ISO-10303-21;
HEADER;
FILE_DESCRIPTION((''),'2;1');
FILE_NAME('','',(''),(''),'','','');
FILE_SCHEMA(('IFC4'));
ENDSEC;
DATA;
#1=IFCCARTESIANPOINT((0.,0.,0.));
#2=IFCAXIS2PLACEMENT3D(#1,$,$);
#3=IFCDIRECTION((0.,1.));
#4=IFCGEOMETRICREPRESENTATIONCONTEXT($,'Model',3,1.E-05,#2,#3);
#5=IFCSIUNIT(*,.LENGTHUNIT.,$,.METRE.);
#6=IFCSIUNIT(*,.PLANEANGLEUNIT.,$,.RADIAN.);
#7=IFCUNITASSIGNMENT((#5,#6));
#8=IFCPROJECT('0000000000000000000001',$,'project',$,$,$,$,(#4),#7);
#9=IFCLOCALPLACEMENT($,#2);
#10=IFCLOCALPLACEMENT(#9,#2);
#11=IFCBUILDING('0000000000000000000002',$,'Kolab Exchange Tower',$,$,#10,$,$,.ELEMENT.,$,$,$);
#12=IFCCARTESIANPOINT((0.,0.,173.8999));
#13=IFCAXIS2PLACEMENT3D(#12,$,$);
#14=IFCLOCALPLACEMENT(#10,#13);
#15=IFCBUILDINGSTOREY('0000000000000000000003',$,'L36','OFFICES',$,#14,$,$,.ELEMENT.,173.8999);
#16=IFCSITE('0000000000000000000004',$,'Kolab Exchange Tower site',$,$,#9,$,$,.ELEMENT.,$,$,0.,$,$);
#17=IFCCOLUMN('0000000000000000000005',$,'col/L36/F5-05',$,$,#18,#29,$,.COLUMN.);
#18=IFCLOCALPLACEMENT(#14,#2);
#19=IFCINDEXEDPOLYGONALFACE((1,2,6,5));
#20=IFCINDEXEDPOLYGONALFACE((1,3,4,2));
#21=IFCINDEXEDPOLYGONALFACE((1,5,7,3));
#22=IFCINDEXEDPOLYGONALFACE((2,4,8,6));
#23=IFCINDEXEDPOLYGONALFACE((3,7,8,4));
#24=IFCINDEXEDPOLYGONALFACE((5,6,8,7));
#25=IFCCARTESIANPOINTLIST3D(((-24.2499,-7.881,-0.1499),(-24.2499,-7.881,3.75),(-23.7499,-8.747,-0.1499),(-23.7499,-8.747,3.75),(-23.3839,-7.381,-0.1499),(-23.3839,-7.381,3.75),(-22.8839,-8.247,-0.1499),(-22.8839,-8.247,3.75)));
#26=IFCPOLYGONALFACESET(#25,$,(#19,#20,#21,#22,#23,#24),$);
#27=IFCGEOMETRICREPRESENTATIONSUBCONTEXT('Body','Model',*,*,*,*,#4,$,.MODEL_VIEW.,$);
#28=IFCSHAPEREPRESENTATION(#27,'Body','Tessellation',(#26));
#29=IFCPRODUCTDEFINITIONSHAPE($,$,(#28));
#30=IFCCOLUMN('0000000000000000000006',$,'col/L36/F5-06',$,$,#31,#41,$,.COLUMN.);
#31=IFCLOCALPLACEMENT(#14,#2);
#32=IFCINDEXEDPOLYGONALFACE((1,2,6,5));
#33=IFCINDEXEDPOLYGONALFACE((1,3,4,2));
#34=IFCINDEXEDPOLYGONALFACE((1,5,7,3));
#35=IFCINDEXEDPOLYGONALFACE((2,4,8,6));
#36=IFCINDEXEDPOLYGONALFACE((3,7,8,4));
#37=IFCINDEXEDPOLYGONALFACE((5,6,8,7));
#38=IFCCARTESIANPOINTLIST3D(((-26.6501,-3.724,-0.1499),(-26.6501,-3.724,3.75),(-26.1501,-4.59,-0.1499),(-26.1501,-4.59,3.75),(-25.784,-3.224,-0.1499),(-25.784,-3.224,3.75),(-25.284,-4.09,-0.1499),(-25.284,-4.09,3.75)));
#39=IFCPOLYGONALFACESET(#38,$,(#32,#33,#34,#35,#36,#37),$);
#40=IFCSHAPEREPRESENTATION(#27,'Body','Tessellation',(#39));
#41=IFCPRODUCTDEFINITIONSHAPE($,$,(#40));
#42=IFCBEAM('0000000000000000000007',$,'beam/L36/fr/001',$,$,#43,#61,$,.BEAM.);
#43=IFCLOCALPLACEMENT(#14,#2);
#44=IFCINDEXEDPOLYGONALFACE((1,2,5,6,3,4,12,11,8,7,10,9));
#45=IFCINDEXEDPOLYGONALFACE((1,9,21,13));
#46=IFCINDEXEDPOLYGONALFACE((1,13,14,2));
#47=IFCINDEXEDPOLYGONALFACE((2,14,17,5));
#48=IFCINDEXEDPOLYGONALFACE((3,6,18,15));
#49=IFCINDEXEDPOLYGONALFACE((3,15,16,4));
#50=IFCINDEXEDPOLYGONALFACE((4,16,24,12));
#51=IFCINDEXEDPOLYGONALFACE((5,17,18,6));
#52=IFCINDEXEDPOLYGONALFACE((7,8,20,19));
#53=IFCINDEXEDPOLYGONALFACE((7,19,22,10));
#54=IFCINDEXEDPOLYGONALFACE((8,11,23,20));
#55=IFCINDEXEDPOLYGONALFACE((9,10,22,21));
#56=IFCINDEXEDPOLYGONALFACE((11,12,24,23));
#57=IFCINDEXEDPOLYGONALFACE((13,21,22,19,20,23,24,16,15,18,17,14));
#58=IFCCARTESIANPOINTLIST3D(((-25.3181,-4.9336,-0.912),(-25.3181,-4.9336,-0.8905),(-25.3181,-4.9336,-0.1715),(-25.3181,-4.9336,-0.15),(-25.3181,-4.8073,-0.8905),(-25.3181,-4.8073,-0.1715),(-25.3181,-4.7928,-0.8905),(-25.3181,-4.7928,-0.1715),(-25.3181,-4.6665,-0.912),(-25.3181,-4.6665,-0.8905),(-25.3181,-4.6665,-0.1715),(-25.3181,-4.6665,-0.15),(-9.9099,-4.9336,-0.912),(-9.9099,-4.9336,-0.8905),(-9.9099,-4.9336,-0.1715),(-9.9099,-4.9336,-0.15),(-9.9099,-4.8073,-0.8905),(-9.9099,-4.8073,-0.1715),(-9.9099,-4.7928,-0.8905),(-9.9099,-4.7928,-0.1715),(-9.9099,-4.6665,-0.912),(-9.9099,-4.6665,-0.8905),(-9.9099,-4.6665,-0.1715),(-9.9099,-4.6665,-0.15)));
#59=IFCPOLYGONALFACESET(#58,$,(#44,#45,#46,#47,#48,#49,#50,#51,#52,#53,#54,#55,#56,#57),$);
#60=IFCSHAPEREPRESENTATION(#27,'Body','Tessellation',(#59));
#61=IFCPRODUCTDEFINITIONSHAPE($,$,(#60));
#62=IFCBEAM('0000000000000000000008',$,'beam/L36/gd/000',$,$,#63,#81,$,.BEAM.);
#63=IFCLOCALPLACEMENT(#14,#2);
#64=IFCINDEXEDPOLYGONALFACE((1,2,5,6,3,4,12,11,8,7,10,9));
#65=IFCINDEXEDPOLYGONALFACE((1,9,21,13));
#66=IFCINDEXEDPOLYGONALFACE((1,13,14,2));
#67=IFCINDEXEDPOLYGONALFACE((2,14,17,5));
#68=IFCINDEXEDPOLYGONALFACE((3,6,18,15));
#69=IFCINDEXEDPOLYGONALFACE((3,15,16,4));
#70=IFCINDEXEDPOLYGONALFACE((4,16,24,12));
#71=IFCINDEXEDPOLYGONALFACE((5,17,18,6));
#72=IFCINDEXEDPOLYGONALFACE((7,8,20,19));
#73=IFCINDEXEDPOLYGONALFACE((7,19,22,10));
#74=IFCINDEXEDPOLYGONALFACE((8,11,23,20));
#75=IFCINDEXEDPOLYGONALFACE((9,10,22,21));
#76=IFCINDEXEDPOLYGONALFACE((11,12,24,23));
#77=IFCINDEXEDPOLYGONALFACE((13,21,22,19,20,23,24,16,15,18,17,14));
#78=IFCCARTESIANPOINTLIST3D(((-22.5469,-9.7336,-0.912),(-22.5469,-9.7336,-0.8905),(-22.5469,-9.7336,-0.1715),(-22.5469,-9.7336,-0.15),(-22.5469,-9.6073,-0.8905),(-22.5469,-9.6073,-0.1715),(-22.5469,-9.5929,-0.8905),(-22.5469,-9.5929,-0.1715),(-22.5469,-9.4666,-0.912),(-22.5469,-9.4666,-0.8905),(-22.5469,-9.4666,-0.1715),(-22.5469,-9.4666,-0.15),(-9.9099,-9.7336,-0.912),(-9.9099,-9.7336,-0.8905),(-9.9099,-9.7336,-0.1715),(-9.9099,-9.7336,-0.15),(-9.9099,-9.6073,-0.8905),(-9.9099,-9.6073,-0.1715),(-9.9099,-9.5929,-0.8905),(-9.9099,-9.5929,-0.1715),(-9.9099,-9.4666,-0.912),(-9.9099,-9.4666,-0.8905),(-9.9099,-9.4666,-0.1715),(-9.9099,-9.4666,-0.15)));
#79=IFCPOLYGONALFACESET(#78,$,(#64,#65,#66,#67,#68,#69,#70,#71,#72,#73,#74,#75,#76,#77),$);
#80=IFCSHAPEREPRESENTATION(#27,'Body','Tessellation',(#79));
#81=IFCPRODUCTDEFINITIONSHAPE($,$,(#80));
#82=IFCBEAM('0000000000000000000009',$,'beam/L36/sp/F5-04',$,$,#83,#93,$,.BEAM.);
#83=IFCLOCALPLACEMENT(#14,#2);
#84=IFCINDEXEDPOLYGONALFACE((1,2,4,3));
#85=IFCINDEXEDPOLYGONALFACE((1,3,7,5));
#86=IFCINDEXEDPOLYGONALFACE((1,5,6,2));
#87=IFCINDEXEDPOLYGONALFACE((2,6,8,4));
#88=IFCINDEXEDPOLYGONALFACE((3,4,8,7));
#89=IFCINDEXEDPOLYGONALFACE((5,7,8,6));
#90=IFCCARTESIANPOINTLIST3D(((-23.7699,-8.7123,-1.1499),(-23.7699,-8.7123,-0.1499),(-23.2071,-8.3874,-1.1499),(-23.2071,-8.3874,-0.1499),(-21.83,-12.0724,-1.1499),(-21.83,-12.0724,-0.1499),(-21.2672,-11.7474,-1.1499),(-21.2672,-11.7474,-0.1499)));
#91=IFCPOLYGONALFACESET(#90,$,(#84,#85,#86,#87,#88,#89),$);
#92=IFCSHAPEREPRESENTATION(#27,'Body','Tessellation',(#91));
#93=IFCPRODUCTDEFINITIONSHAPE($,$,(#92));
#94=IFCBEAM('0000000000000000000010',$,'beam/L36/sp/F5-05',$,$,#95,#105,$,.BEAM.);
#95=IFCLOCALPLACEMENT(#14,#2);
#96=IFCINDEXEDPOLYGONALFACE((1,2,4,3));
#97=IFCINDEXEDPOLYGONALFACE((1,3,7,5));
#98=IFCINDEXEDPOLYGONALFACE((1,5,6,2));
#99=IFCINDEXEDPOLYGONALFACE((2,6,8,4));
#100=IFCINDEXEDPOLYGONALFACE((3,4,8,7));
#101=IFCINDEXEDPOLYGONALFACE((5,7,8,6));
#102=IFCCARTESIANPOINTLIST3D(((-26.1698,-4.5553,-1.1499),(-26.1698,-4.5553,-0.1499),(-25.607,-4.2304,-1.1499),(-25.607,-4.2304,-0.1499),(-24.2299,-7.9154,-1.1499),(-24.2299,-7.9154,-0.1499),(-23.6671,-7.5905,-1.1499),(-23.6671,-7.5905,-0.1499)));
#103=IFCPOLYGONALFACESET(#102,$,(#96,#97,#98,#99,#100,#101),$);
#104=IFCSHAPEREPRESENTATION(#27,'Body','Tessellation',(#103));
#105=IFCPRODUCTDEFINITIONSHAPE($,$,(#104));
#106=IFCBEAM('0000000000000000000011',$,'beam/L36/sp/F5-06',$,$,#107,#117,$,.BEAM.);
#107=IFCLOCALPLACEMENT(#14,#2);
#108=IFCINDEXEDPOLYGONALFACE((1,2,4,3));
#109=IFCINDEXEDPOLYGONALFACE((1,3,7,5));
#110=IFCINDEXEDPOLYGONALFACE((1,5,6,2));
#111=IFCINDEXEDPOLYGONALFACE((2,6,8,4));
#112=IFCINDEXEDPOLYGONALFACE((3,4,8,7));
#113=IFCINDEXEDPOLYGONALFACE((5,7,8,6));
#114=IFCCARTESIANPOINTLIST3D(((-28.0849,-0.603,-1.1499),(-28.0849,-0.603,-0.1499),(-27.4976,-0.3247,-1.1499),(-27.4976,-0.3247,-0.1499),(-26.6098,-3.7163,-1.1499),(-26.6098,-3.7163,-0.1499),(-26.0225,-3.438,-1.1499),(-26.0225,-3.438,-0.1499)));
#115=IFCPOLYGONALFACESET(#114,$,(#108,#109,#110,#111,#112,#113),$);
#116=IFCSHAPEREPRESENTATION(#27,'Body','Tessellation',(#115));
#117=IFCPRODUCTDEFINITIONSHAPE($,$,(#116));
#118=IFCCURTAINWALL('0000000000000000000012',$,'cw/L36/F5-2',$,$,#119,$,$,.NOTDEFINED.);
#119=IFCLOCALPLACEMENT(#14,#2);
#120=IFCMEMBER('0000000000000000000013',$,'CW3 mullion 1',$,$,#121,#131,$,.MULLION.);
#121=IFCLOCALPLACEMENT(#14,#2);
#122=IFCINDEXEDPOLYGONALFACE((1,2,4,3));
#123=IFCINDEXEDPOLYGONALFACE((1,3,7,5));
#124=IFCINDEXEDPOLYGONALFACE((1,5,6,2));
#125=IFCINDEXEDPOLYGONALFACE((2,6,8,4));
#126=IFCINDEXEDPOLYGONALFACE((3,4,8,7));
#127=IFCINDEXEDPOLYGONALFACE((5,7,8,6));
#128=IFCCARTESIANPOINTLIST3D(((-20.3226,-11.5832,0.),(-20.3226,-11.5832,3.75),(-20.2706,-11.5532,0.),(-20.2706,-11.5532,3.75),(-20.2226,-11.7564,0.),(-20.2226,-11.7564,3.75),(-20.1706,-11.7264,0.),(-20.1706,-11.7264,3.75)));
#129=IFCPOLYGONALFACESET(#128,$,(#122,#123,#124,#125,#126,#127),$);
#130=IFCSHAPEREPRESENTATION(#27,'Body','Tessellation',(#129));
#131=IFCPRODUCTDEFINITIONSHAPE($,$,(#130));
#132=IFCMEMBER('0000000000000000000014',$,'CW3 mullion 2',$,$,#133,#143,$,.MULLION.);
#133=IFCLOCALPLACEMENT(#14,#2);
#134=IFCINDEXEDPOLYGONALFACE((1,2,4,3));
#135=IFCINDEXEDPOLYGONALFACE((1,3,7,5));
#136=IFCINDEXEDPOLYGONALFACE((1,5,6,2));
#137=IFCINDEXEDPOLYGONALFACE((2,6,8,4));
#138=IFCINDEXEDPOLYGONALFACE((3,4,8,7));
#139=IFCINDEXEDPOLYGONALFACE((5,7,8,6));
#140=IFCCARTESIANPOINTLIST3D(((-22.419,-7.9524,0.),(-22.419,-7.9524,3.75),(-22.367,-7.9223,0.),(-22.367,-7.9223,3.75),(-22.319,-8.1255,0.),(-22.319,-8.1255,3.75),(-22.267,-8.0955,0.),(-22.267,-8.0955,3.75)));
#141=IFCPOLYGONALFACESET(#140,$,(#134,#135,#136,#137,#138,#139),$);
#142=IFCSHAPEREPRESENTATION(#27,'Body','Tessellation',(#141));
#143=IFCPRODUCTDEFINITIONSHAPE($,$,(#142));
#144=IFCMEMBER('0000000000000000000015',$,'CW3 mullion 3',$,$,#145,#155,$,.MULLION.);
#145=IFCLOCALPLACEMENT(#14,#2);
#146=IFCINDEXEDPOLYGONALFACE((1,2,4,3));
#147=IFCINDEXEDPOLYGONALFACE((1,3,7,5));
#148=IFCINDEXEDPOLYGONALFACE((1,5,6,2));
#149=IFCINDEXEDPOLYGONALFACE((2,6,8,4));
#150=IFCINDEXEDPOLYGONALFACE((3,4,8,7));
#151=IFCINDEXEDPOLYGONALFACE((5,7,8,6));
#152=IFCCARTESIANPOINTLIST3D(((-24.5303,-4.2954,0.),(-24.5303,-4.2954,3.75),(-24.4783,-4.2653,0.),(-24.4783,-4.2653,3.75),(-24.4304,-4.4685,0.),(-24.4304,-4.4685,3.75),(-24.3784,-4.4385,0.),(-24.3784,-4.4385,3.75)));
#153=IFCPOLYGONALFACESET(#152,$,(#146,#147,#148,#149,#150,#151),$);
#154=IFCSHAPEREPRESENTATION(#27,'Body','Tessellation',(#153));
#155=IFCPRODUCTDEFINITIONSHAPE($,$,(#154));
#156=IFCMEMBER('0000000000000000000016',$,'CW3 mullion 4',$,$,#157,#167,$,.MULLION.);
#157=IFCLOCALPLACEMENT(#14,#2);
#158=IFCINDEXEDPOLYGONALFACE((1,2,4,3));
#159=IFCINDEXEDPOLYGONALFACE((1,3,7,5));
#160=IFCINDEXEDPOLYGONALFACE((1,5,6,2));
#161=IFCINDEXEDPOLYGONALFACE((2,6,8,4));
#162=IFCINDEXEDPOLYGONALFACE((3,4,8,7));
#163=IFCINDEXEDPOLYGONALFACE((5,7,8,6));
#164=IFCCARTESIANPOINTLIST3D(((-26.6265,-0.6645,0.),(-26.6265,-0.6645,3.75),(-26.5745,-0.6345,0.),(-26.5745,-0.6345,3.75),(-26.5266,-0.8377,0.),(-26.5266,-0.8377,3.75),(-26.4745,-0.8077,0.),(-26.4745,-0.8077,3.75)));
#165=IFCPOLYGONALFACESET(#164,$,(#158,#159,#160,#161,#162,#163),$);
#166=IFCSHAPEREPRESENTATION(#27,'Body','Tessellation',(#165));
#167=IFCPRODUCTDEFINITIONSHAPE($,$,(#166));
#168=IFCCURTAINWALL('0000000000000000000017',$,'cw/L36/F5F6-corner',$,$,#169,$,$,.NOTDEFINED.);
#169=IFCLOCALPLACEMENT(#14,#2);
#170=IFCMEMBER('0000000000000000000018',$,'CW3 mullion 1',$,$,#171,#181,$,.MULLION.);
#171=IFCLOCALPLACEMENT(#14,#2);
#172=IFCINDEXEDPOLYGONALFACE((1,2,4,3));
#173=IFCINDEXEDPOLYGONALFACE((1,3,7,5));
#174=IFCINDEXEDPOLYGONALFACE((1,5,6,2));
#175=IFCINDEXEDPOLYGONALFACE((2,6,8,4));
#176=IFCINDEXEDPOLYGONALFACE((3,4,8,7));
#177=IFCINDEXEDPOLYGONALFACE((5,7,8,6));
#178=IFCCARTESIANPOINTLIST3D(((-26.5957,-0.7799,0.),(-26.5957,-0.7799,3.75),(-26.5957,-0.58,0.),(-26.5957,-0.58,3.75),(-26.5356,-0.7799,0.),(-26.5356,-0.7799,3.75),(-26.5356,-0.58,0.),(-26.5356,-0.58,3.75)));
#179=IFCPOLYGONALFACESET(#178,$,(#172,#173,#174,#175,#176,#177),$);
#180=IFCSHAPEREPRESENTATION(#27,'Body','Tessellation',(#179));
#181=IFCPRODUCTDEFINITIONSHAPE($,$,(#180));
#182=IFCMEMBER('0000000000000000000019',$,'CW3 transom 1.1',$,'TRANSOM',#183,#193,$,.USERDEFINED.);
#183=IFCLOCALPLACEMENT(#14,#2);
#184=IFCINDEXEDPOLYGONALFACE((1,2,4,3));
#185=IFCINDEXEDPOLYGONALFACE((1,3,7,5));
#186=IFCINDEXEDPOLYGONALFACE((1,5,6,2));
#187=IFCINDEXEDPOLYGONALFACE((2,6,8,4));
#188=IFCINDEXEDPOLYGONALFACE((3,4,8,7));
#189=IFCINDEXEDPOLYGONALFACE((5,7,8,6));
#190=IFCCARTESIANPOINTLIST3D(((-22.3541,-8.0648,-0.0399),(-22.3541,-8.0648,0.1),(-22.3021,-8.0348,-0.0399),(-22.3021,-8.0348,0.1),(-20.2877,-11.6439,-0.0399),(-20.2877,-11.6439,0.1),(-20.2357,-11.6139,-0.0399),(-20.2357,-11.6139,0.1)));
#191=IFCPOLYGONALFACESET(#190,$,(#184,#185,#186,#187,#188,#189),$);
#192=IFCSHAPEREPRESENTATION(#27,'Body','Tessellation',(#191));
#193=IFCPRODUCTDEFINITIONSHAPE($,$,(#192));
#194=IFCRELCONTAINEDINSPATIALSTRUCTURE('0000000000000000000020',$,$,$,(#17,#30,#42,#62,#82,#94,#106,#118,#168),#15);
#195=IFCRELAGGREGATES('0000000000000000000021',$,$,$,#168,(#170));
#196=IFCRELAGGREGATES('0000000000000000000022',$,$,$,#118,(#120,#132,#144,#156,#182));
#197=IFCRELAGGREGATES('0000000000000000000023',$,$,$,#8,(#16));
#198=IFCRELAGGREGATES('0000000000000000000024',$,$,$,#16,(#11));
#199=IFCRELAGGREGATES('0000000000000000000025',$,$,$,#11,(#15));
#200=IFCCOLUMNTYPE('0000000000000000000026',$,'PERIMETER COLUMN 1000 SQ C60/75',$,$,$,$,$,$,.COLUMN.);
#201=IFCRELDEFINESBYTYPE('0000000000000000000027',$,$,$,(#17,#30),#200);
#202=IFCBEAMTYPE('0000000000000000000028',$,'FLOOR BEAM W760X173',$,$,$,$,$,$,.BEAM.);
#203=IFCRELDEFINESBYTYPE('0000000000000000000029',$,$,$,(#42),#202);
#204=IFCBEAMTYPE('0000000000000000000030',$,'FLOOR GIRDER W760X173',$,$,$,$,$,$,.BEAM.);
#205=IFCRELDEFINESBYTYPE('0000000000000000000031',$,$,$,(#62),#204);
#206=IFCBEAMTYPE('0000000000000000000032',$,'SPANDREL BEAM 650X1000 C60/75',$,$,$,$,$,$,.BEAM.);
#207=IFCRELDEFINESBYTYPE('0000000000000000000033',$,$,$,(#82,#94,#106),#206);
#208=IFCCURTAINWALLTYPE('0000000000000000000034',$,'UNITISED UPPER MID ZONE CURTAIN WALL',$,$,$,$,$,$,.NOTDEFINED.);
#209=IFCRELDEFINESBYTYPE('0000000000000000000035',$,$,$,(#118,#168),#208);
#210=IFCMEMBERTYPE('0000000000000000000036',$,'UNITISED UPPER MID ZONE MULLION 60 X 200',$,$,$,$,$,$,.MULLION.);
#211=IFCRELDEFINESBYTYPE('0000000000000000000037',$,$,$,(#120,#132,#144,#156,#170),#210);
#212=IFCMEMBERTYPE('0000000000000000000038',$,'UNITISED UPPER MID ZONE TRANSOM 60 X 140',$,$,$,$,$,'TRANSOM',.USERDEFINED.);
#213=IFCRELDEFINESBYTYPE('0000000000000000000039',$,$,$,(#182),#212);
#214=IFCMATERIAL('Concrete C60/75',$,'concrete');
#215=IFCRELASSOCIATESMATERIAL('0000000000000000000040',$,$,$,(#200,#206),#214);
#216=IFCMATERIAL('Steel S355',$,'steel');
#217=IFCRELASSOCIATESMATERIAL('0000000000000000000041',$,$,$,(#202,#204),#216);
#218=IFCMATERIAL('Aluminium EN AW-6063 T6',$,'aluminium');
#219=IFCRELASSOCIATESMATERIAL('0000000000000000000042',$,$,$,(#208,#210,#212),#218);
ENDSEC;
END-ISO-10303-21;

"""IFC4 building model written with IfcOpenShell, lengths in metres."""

from ifc_helpers import new_model, si_unit, direction, frame, origin, origin_2d, place, context, subcontext, project, spatial, rectangle, i_section, extrude, material, material_profile, profile_set, type_object, element, aggregate, save


model = new_model("IFC4")

# Units and contexts
model_context = context("Model", 3, precision=1e-05, world=origin(), true_north=direction((0.0, 1.0)))
body_context = subcontext(model_context, "Body", "Model", "MODEL_VIEW")
ifc_project = project(units=[si_unit("LENGTHUNIT", "METRE"), si_unit("PLANEANGLEUNIT", "RADIAN")], contexts=[model_context])

# Site, building, storey
site_placement = place(None, origin())
site = spatial("IfcSite", under=ifc_project, at=site_placement, Name="Kolab Exchange Tower site", CompositionType="ELEMENT", RefElevation=0.0)
building_placement = place(site_placement, origin())
building = spatial("IfcBuilding", under=site, at=building_placement, Name="Kolab Exchange Tower", CompositionType="ELEMENT")
storey_placement = place(building_placement, frame((0.0, 0.0, 173.8999)))
storey = spatial("IfcBuildingStorey", under=building, at=storey_placement, Name="L36", Description="OFFICES", CompositionType="ELEMENT", Elevation=173.8999)

# Columns
ifc_material_1 = material(Name="Concrete C60/75", Category="concrete")
ifc_material_profile_1 = material_profile(ifc_material_1, rectangle(XDim=1.0, YDim=1.0, at=origin_2d()), Name="RC1000")
ifc_profile_set_1 = profile_set([ifc_material_profile_1], Name="Concrete C60/75")
column_type = type_object("IfcColumnType", Name="PERIMETER COLUMN 1000 SQ C60/75", PredefinedType="COLUMN", material=ifc_profile_set_1)
for number, where, z_axis, x_axis, name in (
    (1, (-23.5669, -8.064, -0.1499), (0.0, 0.0, 1.0), (0.866025, 0.5, 0.0), "col/L36/F5-05"),
    (2, (-25.967, -3.907, -0.1499), (0.0, 0.0, 1.0), (0.866025, 0.5, 0.0), "col/L36/F5-06"),
):
    element("IfcColumn", number, at=place(storey_placement, frame(where, z_axis=z_axis, x_axis=x_axis)), inside=storey, type_object=column_type, Name=name, PredefinedType="COLUMN", context=body_context, shape_type="SweptSolid", body=[
        extrude(rectangle(XDim=1.0, YDim=1.0, at=origin_2d()), origin(), (0.0, 0.0, 1.0), 3.8999),
    ])

# Beams
ifc_material_2 = material(Name="Steel S355", Category="steel")
ifc_material_profile_2 = material_profile(ifc_material_2, i_section(OverallWidth=0.2671, OverallDepth=0.762, WebThickness=0.0144, FlangeThickness=0.0215, at=origin_2d()), Name="W760X173")
ifc_profile_set_2 = profile_set([ifc_material_profile_2], Name="Steel S355")
beam_type_1 = type_object("IfcBeamType", Name="FLOOR BEAM W760X173", PredefinedType="BEAM", material=ifc_profile_set_2)
beam_1_placement = place(storey_placement, frame((-25.3181, -4.8, -0.531), z_axis=(1.0, 0.0, 0.0), x_axis=(0.0, 1.0, 0.0)))
element("IfcBeam", 3, at=beam_1_placement, inside=storey, type_object=beam_type_1, Name="beam/L36/fr/001", PredefinedType="BEAM", context=body_context, shape_type="SweptSolid", body=[
    extrude(i_section(OverallWidth=0.2671, OverallDepth=0.762, WebThickness=0.0144, FlangeThickness=0.0215, at=origin_2d()), origin(), (0.0, 0.0, 1.0), 15.4082),
])
ifc_material_profile_3 = material_profile(ifc_material_2, i_section(OverallWidth=0.2671, OverallDepth=0.762, WebThickness=0.0144, FlangeThickness=0.0215, at=origin_2d()), Name="W760X173")
ifc_profile_set_3 = profile_set([ifc_material_profile_3], Name="Steel S355")
beam_type_2 = type_object("IfcBeamType", Name="FLOOR GIRDER W760X173", PredefinedType="BEAM", material=ifc_profile_set_3)
beam_2_placement = place(storey_placement, frame((-22.5469, -9.6001, -0.531), z_axis=(1.0, 0.0, 0.0), x_axis=(0.0, 1.0, 0.0)))
element("IfcBeam", 4, at=beam_2_placement, inside=storey, type_object=beam_type_2, Name="beam/L36/gd/000", PredefinedType="BEAM", context=body_context, shape_type="SweptSolid", body=[
    extrude(i_section(OverallWidth=0.2671, OverallDepth=0.762, WebThickness=0.0144, FlangeThickness=0.0215, at=origin_2d()), origin(), (0.0, 0.0, 1.0), 12.637),
])
ifc_material_profile_4 = material_profile(ifc_material_1, rectangle(XDim=0.6499, YDim=1.0, at=origin_2d()), Name="RC650X1000")
ifc_profile_set_4 = profile_set([ifc_material_profile_4], Name="Concrete C60/75")
beam_type_3 = type_object("IfcBeamType", Name="SPANDREL BEAM 650X1000 C60/75", PredefinedType="BEAM", material=ifc_profile_set_4)
for number, where, z_axis, x_axis, name in (
    (5, (-21.5486, -11.9099, -0.6499), (-0.499997, 0.866027, 0.0), (-0.866027, -0.499997, 0.0), "beam/L36/sp/F5-04"),
    (6, (-23.9485, -7.7529, -0.6499), (-0.499997, 0.866027, 0.0), (-0.866027, -0.499997, 0.0), "beam/L36/sp/F5-05"),
):
    element("IfcBeam", number, at=place(storey_placement, frame(where, z_axis=z_axis, x_axis=x_axis)), inside=storey, type_object=beam_type_3, Name=name, PredefinedType="BEAM", context=body_context, shape_type="SweptSolid", body=[
        extrude(rectangle(XDim=0.6499, YDim=1.0, at=origin_2d()), origin(), (0.0, 0.0, 1.0), 3.8799),
    ])
beam_3_placement = place(storey_placement, frame((-26.3162, -3.5771, -0.6499), z_axis=(-0.428178, 0.903695, 0.0), x_axis=(-0.903695, -0.428178, 0.0)))
element("IfcBeam", 7, at=beam_3_placement, inside=storey, type_object=beam_type_3, Name="beam/L36/sp/F5-06", PredefinedType="BEAM", context=body_context, shape_type="SweptSolid", body=[
    extrude(rectangle(XDim=0.6499, YDim=1.0, at=origin_2d()), origin(), (0.0, 0.0, 1.0), 3.4451),
])

# Curtain wall, members
ifc_material_3 = material(Name="Aluminium EN AW-6063 T6", Category="aluminium")
curtain_wall_type = type_object("IfcCurtainWallType", Name="UNITISED UPPER MID ZONE CURTAIN WALL", PredefinedType="NOTDEFINED", material=ifc_material_3)
curtain_wall_1_placement = place(storey_placement, origin())
curtain_wall_1 = element("IfcCurtainWall", 8, at=curtain_wall_1_placement, inside=storey, type_object=curtain_wall_type, Name="cw/L36/F5-2", PredefinedType="NOTDEFINED")
ifc_material_profile_5 = material_profile(ifc_material_3, rectangle(XDim=0.0601, YDim=0.2, at=origin_2d()), Name="RECT 60X200")
ifc_profile_set_5 = profile_set([ifc_material_profile_5], Name="Aluminium EN AW-6063 T6")
member_type_1 = type_object("IfcMemberType", Name="UNITISED UPPER MID ZONE MULLION 60 X 200", PredefinedType="MULLION", material=ifc_profile_set_5)
member_1_placement = place(storey_placement, frame((-20.2466, -11.6548, 0.0), z_axis=(0.0, 0.0, 1.0), x_axis=(-0.866025, -0.5, 0.0)))
member_1 = element("IfcMember", 9, at=member_1_placement, type_object=member_type_1, Name="CW3 mullion 1", PredefinedType="MULLION", context=body_context, shape_type="SweptSolid", body=[
    extrude(rectangle(XDim=0.0601, YDim=0.2, at=origin_2d()), origin(), (0.0, 0.0, 1.0), 3.75),
])
member_2_placement = place(storey_placement, frame((-22.343, -8.0239, 0.0), z_axis=(0.0, 0.0, 1.0), x_axis=(-0.866025, -0.5, 0.0)))
member_2 = element("IfcMember", 10, at=member_2_placement, type_object=member_type_1, Name="CW3 mullion 2", PredefinedType="MULLION", context=body_context, shape_type="SweptSolid", body=[
    extrude(rectangle(XDim=0.0601, YDim=0.2, at=origin_2d()), origin(), (0.0, 0.0, 1.0), 3.75),
])
member_3_placement = place(storey_placement, frame((-24.4543, -4.3669, 0.0), z_axis=(0.0, 0.0, 1.0), x_axis=(-0.866025, -0.5, 0.0)))
member_3 = element("IfcMember", 11, at=member_3_placement, type_object=member_type_1, Name="CW3 mullion 3", PredefinedType="MULLION", context=body_context, shape_type="SweptSolid", body=[
    extrude(rectangle(XDim=0.0601, YDim=0.2, at=origin_2d()), origin(), (0.0, 0.0, 1.0), 3.75),
])
member_4_placement = place(storey_placement, frame((-26.5505, -0.7361, 0.0), z_axis=(0.0, 0.0, 1.0), x_axis=(-0.866025, -0.5, 0.0)))
member_4 = element("IfcMember", 12, at=member_4_placement, type_object=member_type_1, Name="CW3 mullion 4", PredefinedType="MULLION", context=body_context, shape_type="SweptSolid", body=[
    extrude(rectangle(XDim=0.0601, YDim=0.2, at=origin_2d()), origin(), (0.0, 0.0, 1.0), 3.75),
])

# Curtain wall, member
curtain_wall_2_placement = place(storey_placement, origin())
curtain_wall_2 = element("IfcCurtainWall", 13, at=curtain_wall_2_placement, inside=storey, type_object=curtain_wall_type, Name="cw/L36/F5F6-corner", PredefinedType="NOTDEFINED")
member_5_placement = place(storey_placement, frame((-26.5657, -0.6799, 0.0), z_axis=(0.0, 0.0, 1.0), x_axis=(-1.0, 0.0, 0.0)))
member_5 = element("IfcMember", 14, at=member_5_placement, type_object=member_type_1, Name="CW3 mullion 1", PredefinedType="MULLION", context=body_context, shape_type="SweptSolid", body=[
    extrude(rectangle(XDim=0.0601, YDim=0.2, at=origin_2d()), origin(), (0.0, 0.0, 1.0), 3.75),
])

# Member
ifc_material_profile_6 = material_profile(ifc_material_3, rectangle(XDim=0.0601, YDim=0.1399, at=origin_2d()), Name="RECT 60X140")
ifc_profile_set_6 = profile_set([ifc_material_profile_6], Name="Aluminium EN AW-6063 T6")
member_type_2 = type_object("IfcMemberType", Name="UNITISED UPPER MID ZONE TRANSOM 60 X 140", ElementType="TRANSOM", PredefinedType="USERDEFINED", material=ifc_profile_set_6)
member_6_placement = place(storey_placement, frame((-20.2617, -11.6289, 0.03), z_axis=(-0.500002, 0.866024, 0.0), x_axis=(-0.866024, -0.500002, 0.0)))
member_6 = element("IfcMember", 15, at=member_6_placement, type_object=member_type_2, Name="CW3 transom 1.1", ObjectType="TRANSOM", PredefinedType="USERDEFINED", context=body_context, shape_type="SweptSolid", body=[
    extrude(rectangle(XDim=0.0601, YDim=0.1399, at=origin_2d()), origin(), (0.0, 0.0, 1.0), 4.1328),
])
aggregate(curtain_wall_2, [member_5])

aggregate(curtain_wall_1, [member_1, member_2, member_3, member_4, member_6])

save(model, "model.ifc")
